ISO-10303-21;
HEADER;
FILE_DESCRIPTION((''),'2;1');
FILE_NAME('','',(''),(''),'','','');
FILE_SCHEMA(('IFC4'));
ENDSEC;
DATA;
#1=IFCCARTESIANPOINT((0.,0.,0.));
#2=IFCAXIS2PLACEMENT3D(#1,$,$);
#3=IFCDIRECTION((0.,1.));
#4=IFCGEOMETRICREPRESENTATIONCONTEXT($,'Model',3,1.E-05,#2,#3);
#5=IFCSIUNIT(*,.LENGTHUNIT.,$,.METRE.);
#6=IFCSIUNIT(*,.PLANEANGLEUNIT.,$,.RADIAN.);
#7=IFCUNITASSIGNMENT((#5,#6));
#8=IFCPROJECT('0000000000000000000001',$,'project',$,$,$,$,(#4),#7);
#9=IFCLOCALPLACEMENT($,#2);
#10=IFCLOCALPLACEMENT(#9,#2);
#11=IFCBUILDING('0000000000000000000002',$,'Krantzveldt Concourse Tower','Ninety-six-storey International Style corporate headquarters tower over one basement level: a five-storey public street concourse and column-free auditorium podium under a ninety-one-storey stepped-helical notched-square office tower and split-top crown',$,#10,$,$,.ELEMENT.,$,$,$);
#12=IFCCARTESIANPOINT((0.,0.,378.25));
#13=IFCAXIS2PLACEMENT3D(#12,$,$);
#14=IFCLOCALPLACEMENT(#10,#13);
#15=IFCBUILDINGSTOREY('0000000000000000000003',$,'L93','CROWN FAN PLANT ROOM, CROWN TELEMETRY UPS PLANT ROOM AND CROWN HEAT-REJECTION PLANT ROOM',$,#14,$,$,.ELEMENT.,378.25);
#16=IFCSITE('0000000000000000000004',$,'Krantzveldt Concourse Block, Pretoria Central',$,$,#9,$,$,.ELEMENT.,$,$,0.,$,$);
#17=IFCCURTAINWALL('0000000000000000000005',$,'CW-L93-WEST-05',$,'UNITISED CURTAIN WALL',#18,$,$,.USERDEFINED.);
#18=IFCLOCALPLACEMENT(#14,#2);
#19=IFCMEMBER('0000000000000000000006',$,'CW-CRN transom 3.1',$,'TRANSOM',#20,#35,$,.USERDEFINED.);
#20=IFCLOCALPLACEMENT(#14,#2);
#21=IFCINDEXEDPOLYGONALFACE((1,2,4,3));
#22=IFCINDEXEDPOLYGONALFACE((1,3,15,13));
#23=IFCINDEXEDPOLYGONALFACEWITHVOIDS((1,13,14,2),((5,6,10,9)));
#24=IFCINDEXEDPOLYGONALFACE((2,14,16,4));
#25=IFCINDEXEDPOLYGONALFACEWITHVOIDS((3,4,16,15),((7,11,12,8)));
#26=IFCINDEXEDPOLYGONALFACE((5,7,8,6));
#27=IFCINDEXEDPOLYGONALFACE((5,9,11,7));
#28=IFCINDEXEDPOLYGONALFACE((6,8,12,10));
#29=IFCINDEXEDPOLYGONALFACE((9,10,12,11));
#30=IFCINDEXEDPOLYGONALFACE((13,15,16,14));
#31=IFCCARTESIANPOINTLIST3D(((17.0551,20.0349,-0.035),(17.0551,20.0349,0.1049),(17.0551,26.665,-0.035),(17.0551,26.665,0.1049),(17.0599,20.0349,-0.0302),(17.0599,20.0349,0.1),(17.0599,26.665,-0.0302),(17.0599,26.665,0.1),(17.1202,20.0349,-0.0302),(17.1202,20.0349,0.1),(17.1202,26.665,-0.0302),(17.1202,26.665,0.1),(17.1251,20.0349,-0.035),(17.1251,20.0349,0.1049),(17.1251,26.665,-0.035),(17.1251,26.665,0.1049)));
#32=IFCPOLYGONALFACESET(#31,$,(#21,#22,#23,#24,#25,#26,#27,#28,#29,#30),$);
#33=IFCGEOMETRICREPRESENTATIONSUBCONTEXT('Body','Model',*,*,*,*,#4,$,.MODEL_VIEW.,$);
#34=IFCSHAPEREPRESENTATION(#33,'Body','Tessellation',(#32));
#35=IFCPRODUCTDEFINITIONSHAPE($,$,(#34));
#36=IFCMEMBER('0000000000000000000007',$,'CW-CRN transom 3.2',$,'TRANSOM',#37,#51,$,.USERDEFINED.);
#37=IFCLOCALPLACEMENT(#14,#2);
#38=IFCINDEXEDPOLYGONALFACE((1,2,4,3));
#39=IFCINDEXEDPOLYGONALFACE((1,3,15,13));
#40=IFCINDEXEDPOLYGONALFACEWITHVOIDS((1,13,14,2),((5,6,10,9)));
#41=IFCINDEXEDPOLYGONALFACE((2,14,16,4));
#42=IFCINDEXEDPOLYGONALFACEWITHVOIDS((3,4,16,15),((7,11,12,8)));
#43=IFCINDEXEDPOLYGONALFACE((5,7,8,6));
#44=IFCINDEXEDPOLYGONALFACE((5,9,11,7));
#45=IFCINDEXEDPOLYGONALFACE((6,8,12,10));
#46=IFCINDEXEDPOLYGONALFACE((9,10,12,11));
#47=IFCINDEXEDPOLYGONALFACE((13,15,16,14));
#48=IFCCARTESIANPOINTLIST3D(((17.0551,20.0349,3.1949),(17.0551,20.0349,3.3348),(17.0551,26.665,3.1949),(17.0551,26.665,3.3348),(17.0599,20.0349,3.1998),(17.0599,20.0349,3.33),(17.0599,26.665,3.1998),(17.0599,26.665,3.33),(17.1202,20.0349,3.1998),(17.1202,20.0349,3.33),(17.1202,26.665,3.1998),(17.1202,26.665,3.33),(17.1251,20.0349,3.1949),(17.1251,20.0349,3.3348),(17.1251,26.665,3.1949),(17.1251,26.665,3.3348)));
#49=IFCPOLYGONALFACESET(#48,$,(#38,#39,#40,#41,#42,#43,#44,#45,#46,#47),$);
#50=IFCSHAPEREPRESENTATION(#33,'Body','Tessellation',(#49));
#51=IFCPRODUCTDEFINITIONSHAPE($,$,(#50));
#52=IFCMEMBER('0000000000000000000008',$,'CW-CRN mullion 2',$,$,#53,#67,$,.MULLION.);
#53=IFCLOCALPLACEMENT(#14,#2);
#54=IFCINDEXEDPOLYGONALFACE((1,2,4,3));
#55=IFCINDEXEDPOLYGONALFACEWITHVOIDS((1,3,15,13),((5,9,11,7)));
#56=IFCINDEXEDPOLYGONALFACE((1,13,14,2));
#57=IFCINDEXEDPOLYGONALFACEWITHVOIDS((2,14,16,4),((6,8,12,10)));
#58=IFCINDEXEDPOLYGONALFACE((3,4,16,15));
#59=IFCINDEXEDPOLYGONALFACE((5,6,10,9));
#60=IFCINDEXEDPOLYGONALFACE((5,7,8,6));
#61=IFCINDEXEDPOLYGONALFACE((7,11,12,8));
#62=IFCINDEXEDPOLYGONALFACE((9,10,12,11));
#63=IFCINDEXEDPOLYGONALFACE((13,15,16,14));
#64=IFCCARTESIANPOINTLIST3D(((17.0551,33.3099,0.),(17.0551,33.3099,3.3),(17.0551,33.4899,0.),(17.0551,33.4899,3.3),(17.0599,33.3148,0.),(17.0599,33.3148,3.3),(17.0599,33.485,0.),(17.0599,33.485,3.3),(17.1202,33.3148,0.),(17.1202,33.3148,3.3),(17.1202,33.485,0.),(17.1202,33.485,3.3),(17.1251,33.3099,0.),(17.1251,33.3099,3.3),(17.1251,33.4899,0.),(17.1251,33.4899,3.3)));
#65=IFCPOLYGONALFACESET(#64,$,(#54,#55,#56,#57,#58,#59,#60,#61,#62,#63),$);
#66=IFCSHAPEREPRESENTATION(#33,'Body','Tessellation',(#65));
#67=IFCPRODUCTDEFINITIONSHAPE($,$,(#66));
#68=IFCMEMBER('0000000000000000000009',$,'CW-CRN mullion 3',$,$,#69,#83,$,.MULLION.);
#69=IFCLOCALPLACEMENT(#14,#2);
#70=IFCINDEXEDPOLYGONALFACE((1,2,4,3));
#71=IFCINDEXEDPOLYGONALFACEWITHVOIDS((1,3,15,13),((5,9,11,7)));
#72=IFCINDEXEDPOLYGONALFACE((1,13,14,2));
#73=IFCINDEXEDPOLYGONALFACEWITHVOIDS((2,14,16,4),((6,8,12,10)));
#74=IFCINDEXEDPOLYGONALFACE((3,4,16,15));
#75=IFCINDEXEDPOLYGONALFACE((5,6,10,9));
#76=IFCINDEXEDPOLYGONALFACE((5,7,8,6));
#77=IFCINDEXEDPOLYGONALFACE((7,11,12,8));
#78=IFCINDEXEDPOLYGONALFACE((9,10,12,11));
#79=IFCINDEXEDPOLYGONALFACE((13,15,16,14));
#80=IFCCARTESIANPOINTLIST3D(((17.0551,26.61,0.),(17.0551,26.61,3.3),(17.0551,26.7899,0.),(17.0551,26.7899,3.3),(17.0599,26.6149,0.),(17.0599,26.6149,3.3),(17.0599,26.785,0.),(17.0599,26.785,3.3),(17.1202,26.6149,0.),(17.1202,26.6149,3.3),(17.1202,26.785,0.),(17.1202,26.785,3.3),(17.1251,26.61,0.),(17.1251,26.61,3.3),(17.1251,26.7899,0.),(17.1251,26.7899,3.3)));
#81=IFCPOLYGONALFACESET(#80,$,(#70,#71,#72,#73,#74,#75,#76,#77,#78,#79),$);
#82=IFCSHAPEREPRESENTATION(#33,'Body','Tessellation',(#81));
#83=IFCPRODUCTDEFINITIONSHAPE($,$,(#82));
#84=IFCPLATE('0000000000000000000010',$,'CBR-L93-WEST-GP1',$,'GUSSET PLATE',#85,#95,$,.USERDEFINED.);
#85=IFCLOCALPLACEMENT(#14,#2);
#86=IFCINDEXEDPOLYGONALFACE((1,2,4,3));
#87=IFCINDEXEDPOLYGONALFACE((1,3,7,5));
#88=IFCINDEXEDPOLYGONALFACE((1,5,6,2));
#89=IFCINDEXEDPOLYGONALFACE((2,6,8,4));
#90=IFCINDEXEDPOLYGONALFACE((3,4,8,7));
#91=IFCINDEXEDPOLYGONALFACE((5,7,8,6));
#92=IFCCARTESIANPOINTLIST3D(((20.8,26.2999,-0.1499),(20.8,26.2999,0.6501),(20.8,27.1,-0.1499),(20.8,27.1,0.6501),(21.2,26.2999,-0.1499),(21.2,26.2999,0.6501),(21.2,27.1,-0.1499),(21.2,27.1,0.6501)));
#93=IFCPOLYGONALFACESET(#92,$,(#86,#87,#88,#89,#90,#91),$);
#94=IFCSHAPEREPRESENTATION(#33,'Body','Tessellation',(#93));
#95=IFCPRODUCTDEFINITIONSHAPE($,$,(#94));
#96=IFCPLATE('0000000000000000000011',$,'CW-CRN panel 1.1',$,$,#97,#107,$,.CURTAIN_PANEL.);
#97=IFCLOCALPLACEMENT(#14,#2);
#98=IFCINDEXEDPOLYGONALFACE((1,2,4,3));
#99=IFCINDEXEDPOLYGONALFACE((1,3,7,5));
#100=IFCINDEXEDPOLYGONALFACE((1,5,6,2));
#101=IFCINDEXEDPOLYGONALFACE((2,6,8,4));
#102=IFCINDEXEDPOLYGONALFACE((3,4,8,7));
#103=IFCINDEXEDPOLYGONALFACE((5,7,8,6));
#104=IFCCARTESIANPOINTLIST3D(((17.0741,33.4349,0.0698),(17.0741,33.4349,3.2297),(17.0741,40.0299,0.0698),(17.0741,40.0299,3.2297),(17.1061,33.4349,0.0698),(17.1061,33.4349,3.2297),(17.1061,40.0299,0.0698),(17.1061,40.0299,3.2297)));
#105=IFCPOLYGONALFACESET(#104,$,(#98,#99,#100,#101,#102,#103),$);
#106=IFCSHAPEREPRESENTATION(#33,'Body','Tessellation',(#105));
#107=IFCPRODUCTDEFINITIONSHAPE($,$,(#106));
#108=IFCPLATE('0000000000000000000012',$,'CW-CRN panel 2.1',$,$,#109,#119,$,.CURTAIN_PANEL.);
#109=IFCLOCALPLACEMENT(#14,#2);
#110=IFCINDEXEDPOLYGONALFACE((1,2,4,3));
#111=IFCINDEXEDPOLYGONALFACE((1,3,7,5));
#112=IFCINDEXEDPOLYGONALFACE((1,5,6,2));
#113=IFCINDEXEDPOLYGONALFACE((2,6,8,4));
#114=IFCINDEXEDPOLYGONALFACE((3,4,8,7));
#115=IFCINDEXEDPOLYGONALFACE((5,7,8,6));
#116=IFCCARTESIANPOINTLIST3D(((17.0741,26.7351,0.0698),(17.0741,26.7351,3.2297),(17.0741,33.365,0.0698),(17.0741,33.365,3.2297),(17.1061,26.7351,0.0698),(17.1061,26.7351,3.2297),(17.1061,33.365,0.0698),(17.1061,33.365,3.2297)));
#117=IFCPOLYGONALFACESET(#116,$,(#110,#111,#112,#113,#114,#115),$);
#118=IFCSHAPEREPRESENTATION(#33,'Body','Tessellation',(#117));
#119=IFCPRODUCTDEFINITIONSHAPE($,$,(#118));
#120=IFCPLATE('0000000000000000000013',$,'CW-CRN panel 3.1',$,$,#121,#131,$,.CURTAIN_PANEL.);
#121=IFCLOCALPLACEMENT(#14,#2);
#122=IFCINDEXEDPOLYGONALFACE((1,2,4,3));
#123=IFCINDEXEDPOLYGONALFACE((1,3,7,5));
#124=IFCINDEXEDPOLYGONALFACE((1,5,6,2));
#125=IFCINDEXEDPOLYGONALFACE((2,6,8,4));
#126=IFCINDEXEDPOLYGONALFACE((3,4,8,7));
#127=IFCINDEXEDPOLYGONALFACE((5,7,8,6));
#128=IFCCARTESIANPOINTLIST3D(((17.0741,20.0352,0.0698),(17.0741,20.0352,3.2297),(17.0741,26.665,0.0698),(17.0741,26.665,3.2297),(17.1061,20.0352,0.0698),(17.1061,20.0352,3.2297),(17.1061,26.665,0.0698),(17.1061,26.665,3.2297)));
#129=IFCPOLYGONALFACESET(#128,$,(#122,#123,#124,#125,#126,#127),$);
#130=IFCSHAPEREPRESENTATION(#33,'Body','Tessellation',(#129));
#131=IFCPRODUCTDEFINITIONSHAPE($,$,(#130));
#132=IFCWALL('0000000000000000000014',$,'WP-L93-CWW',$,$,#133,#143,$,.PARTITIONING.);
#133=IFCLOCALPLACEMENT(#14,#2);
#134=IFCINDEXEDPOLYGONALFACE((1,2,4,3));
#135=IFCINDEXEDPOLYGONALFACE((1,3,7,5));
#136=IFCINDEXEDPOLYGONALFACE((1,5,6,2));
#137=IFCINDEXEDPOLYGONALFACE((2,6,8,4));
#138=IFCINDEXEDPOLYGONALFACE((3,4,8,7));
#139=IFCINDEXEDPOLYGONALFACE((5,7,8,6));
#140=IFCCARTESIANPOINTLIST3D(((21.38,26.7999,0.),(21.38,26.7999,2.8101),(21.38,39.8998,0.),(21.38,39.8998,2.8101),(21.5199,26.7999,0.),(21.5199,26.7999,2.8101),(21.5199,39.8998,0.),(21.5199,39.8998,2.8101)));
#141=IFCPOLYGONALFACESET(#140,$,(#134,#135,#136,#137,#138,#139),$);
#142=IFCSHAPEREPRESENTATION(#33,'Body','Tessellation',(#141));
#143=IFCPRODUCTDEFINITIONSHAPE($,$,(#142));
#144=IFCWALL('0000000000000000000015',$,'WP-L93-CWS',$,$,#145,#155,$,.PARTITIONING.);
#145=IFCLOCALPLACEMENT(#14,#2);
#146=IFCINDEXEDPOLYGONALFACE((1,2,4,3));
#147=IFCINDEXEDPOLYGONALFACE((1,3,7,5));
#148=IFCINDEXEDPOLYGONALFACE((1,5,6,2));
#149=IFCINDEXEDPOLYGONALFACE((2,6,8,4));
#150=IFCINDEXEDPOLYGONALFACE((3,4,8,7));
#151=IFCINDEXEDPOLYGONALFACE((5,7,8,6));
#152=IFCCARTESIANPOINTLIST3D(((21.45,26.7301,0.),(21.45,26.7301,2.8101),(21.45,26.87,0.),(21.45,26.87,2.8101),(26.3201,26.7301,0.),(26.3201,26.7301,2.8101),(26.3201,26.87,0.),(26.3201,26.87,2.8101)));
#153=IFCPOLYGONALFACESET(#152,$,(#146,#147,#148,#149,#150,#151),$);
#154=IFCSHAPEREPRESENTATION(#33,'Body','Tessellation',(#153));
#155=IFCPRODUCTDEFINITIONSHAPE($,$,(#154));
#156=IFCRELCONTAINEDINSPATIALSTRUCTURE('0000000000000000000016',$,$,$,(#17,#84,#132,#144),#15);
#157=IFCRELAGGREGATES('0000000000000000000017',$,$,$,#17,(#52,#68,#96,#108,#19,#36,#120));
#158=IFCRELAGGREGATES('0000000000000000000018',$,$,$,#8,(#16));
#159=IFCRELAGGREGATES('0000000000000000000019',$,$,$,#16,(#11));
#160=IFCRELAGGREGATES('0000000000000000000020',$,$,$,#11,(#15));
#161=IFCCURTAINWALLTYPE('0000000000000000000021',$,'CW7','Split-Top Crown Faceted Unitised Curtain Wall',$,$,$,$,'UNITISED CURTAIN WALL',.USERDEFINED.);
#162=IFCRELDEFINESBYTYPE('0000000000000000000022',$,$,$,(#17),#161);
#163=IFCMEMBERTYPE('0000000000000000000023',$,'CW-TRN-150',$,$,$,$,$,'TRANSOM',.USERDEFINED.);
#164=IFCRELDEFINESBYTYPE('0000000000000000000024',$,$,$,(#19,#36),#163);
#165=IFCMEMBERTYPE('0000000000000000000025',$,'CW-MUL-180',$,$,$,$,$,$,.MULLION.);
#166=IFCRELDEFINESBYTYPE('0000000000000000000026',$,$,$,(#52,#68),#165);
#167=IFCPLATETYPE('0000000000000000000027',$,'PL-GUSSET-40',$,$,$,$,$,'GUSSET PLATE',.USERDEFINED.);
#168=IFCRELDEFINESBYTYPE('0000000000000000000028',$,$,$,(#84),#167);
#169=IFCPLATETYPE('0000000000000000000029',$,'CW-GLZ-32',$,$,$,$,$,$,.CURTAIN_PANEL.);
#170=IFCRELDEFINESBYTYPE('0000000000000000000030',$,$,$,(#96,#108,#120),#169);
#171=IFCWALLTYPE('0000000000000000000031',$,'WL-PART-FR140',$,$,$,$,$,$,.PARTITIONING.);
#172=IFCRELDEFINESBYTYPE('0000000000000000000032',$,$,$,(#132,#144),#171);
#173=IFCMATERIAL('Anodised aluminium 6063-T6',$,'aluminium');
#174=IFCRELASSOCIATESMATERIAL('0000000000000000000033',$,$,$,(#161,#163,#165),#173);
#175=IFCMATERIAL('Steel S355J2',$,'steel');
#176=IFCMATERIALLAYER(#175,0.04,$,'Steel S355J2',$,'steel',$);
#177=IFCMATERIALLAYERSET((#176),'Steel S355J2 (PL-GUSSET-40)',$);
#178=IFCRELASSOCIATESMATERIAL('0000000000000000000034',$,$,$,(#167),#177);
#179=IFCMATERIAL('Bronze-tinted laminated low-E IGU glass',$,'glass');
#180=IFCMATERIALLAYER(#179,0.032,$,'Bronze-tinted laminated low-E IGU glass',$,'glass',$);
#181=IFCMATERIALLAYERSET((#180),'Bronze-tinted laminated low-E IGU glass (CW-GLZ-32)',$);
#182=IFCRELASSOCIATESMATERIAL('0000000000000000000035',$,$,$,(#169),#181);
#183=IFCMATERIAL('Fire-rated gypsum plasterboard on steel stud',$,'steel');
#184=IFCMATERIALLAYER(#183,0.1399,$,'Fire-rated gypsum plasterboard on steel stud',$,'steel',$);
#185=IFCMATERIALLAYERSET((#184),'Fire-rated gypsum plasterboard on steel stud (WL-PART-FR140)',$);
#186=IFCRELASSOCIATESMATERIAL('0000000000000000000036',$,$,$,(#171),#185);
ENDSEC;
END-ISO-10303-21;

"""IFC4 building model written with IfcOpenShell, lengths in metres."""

from ifc_helpers import new_model, si_unit, direction, frame, frame_2d, origin, origin_2d, place, context, subcontext, project, spatial, rectangle, hollow_rectangle, extrude, source, transform, mapped, material, layer, layer_set, material_profile, profile_set, type_object, type_shapes, element, aggregate, save


model = new_model("IFC4")

# Units and contexts
model_context = context("Model", 3, precision=1e-05, world=origin(), true_north=direction((0.0, 1.0)))
body_context = subcontext(model_context, "Body", "Model", "MODEL_VIEW")
ifc_project = project(units=[si_unit("LENGTHUNIT", "METRE"), si_unit("PLANEANGLEUNIT", "RADIAN")], contexts=[model_context])

# Site, building, storey
site_placement = place(None, origin())
site = spatial("IfcSite", under=ifc_project, at=site_placement, Name="Krantzveldt Concourse Block, Pretoria Central", CompositionType="ELEMENT", RefElevation=0.0)
building_placement = place(site_placement, origin())
building = spatial("IfcBuilding", under=site, at=building_placement, Name="Krantzveldt Concourse Tower", Description="Ninety-six-storey International Style corporate headquarters tower over one basement level: a five-storey public street concourse and column-free auditorium podium under a ninety-one-storey stepped-helical notched-square office tower and split-top crown", CompositionType="ELEMENT")
storey_placement = place(building_placement, frame((0.0, 0.0, 378.25)))
storey = spatial("IfcBuildingStorey", under=building, at=storey_placement, Name="L93", Description="CROWN FAN PLANT ROOM, CROWN TELEMETRY UPS PLANT ROOM AND CROWN HEAT-REJECTION PLANT ROOM", CompositionType="ELEMENT", Elevation=378.25)

# Shared definitions
ifc_material_1 = material(Name="Steel S355J2", Category="steel")

# Curtain wall, members
ifc_material_2 = material(Name="Anodised aluminium 6063-T6", Category="aluminium")
curtain_wall_type = type_object("IfcCurtainWallType", Name="CW7", Description="Split-Top Crown Faceted Unitised Curtain Wall", ElementType="UNITISED CURTAIN WALL", PredefinedType="USERDEFINED", material=ifc_material_2)
curtain_wall_placement = place(storey_placement, origin())
curtain_wall = element("IfcCurtainWall", 1, at=curtain_wall_placement, inside=storey, type_object=curtain_wall_type, Name="CW-L93-WEST-05", ObjectType="UNITISED CURTAIN WALL", PredefinedType="USERDEFINED")
ifc_material_profile_1 = material_profile(ifc_material_2, hollow_rectangle(XDim=0.0701, YDim=0.1399, WallThickness=0.0049, at=origin_2d()), Name="Anodised aluminium 6063-T6", Category="aluminium")
ifc_profile_set_1 = profile_set([ifc_material_profile_1], Name="Anodised aluminium 6063-T6 - ALU-TRAN 140x70x5")
member_type_1 = type_object("IfcMemberType", Name="CW-TRN-150", ElementType="TRANSOM", PredefinedType="USERDEFINED", material=ifc_profile_set_1)
shared_shape_1 = source(origin(), body_context, "Body", "SweptSolid", [
    extrude(hollow_rectangle(XDim=0.0701, YDim=0.1399, WallThickness=0.0049, at=origin_2d()), origin(), (0.0, 0.0, 1.0), 6.6301),
])
member_1_placement = place(storey_placement, frame((17.0901, 26.665, 0.0349), z_axis=(0.0, -1.0, 0.0), x_axis=(1.0, 0.0, 0.0)))
member_1 = element("IfcMember", 2, at=member_1_placement, type_object=member_type_1, Name="CW-CRN transom 3.1", ObjectType="TRANSOM", PredefinedType="USERDEFINED", context=body_context, shape_type="MappedRepresentation", body=[
    mapped(shared_shape_1, transform((0.0, 0.0, 0.0), x_axis=(1.0, 0.0, 0.0), y_axis=(0.0, 1.0, 0.0), z_axis=(0.0, 0.0, 1.0), scale=1.0)),
])
member_2_placement = place(storey_placement, frame((17.0901, 26.665, 3.2649), z_axis=(0.0, -1.0, 0.0), x_axis=(1.0, 0.0, 0.0)))
member_2 = element("IfcMember", 3, at=member_2_placement, type_object=member_type_1, Name="CW-CRN transom 3.2", ObjectType="TRANSOM", PredefinedType="USERDEFINED", context=body_context, shape_type="MappedRepresentation", body=[
    mapped(shared_shape_1, transform((0.0, 0.0, 0.0), x_axis=(1.0, 0.0, 0.0), y_axis=(0.0, 1.0, 0.0), z_axis=(0.0, 0.0, 1.0), scale=1.0)),
])
ifc_material_profile_2 = material_profile(ifc_material_2, hollow_rectangle(XDim=0.0701, YDim=0.1799, WallThickness=0.0049, at=origin_2d()), Name="Anodised aluminium 6063-T6", Category="aluminium")
ifc_profile_set_2 = profile_set([ifc_material_profile_2], Name="Anodised aluminium 6063-T6 - ALU-MULL 180x70x5")
member_type_2 = type_object("IfcMemberType", Name="CW-MUL-180", PredefinedType="MULLION", material=ifc_profile_set_2)
shared_shape_2 = source(origin(), body_context, "Body", "SweptSolid", [
    extrude(hollow_rectangle(XDim=0.0701, YDim=0.1799, WallThickness=0.0049, at=origin_2d()), origin(), (0.0, 0.0, 1.0), 3.3),
])
type_shapes(member_type_2, [shared_shape_2])
member_3_placement = place(storey_placement, frame((17.0901, 33.3999, 0.0), z_axis=(0.0, 0.0, 1.0), x_axis=(1.0, 0.0, 0.0)))
member_3 = element("IfcMember", 4, at=member_3_placement, type_object=member_type_2, Name="CW-CRN mullion 2", PredefinedType="MULLION", context=body_context, shape_type="MappedRepresentation", body=[
    mapped(shared_shape_2, transform((0.0, 0.0, 0.0), x_axis=(1.0, 0.0, 0.0), y_axis=(0.0, 1.0, 0.0), z_axis=(0.0, 0.0, 1.0), scale=1.0)),
])
member_4_placement = place(storey_placement, frame((17.0901, 26.7, 0.0), z_axis=(0.0, 0.0, 1.0), x_axis=(1.0, 0.0, 0.0)))
member_4 = element("IfcMember", 5, at=member_4_placement, type_object=member_type_2, Name="CW-CRN mullion 3", PredefinedType="MULLION", context=body_context, shape_type="MappedRepresentation", body=[
    mapped(shared_shape_2, transform((0.0, 0.0, 0.0), x_axis=(1.0, 0.0, 0.0), y_axis=(0.0, 1.0, 0.0), z_axis=(0.0, 0.0, 1.0), scale=1.0)),
])

# Plates
ifc_layer_1 = layer(ifc_material_1, 0.04, Name="Steel S355J2", Category="steel")
ifc_layer_set_1 = layer_set([ifc_layer_1], Name="Steel S355J2 (PL-GUSSET-40)")
plate_type_1 = type_object("IfcPlateType", Name="PL-GUSSET-40", ElementType="GUSSET PLATE", PredefinedType="USERDEFINED", material=ifc_layer_set_1)
shared_shape_3 = source(origin(), body_context, "Body", "SweptSolid", [
    extrude(rectangle(XDim=0.3999, YDim=0.8, at=origin_2d()), origin(), (0.0, 0.0, 1.0), 0.8),
])
type_shapes(plate_type_1, [shared_shape_3])
plate_1_placement = place(storey_placement, frame((21.0, 26.7, -0.1499), z_axis=(0.0, 0.0, 1.0), x_axis=(1.0, 0.0, 0.0)))
element("IfcPlate", 6, at=plate_1_placement, inside=storey, type_object=plate_type_1, Name="CBR-L93-WEST-GP1", ObjectType="GUSSET PLATE", PredefinedType="USERDEFINED", context=body_context, shape_type="MappedRepresentation", body=[
    mapped(shared_shape_3, transform((0.0, 0.0, 0.0), x_axis=(1.0, 0.0, 0.0), y_axis=(0.0, 1.0, 0.0), z_axis=(0.0, 0.0, 1.0), scale=1.0)),
])
ifc_material_3 = material(Name="Bronze-tinted laminated low-E IGU glass", Category="glass")
ifc_layer_2 = layer(ifc_material_3, 0.032, Name="Bronze-tinted laminated low-E IGU glass", Category="glass")
ifc_layer_set_2 = layer_set([ifc_layer_2], Name="Bronze-tinted laminated low-E IGU glass (CW-GLZ-32)")
plate_type_2 = type_object("IfcPlateType", Name="CW-GLZ-32", PredefinedType="CURTAIN_PANEL", material=ifc_layer_set_2)
shared_shape_4 = source(origin(), body_context, "Body", "SweptSolid", [
    extrude(rectangle(XDim=6.595, YDim=0.032, at=origin_2d()), origin(), (0.0, 0.0, 1.0), 3.1599),
])
plate_2_placement = place(storey_placement, frame((17.0901, 36.7324, 0.0698), z_axis=(0.0, 0.0, 1.0), x_axis=(0.0, -1.0, 0.0)))
plate_2 = element("IfcPlate", 7, at=plate_2_placement, type_object=plate_type_2, Name="CW-CRN panel 1.1", PredefinedType="CURTAIN_PANEL", context=body_context, shape_type="MappedRepresentation", body=[
    mapped(shared_shape_4, transform((0.0, 0.0, 0.0), x_axis=(1.0, 0.0, 0.0), y_axis=(0.0, 1.0, 0.0), z_axis=(0.0, 0.0, 1.0), scale=1.0)),
])
shared_shape_5 = source(origin(), body_context, "Body", "SweptSolid", [
    extrude(rectangle(XDim=6.6299, YDim=0.032, at=origin_2d()), origin(), (0.0, 0.0, 1.0), 3.1599),
])
type_shapes(plate_type_2, [shared_shape_4, shared_shape_5])
plate_3_placement = place(storey_placement, frame((17.0901, 30.05, 0.0698), z_axis=(0.0, 0.0, 1.0), x_axis=(0.0, -1.0, 0.0)))
plate_3 = element("IfcPlate", 8, at=plate_3_placement, type_object=plate_type_2, Name="CW-CRN panel 2.1", PredefinedType="CURTAIN_PANEL", context=body_context, shape_type="MappedRepresentation", body=[
    mapped(shared_shape_5, transform((0.0, 0.0, 0.0), x_axis=(1.0, 0.0, 0.0), y_axis=(0.0, 1.0, 0.0), z_axis=(0.0, 0.0, 1.0), scale=1.0)),
])
plate_4_placement = place(storey_placement, frame((17.0901, 23.3501, 0.0698), z_axis=(0.0, 0.0, 1.0), x_axis=(0.0, -1.0, 0.0)))
plate_4 = element("IfcPlate", 9, at=plate_4_placement, type_object=plate_type_2, Name="CW-CRN panel 3.1", PredefinedType="CURTAIN_PANEL", context=body_context, shape_type="MappedRepresentation", body=[
    mapped(shared_shape_5, transform((0.0, 0.0, 0.0), x_axis=(1.0, 0.0, 0.0), y_axis=(0.0, 1.0, 0.0), z_axis=(0.0, 0.0, 1.0), scale=1.0)),
])
aggregate(curtain_wall, [member_3, member_4, plate_2, plate_3, member_1, member_2, plate_4])

# Walls
ifc_material_4 = material(Name="Fire-rated gypsum plasterboard on steel stud", Category="steel")
ifc_layer_3 = layer(ifc_material_4, 0.1399, Name="Fire-rated gypsum plasterboard on steel stud", Category="steel")
ifc_layer_set_3 = layer_set([ifc_layer_3], Name="Fire-rated gypsum plasterboard on steel stud (WL-PART-FR140)")
wall_type_1 = type_object("IfcWallType", Name="WL-PART-FR140", PredefinedType="PARTITIONING", material=ifc_layer_set_3)
wall_1_placement = place(storey_placement, frame((21.45, 26.8, 0.0), z_axis=(0.0, 0.0, 1.0), x_axis=(0.0, 1.0, 0.0)))
element("IfcWall", 10, at=wall_1_placement, inside=storey, type_object=wall_type_1, Name="WP-L93-CWW", PredefinedType="PARTITIONING", context=body_context, shape_type="SweptSolid", body=[
    extrude(rectangle(XDim=13.0999, YDim=0.1399, at=frame_2d((6.5498, 0.0))), origin(), (0.0, 0.0, 1.0), 2.8101),
])
wall_2_placement = place(storey_placement, frame((21.45, 26.8, 0.0), z_axis=(0.0, 0.0, 1.0), x_axis=(1.0, 0.0, 0.0)))
element("IfcWall", 11, at=wall_2_placement, inside=storey, type_object=wall_type_1, Name="WP-L93-CWS", PredefinedType="PARTITIONING", context=body_context, shape_type="SweptSolid", body=[
    extrude(rectangle(XDim=4.8701, YDim=0.1399, at=frame_2d((2.4351, 0.0))), origin(), (0.0, 0.0, 1.0), 2.8101),
])

save(model, "model.ifc")
